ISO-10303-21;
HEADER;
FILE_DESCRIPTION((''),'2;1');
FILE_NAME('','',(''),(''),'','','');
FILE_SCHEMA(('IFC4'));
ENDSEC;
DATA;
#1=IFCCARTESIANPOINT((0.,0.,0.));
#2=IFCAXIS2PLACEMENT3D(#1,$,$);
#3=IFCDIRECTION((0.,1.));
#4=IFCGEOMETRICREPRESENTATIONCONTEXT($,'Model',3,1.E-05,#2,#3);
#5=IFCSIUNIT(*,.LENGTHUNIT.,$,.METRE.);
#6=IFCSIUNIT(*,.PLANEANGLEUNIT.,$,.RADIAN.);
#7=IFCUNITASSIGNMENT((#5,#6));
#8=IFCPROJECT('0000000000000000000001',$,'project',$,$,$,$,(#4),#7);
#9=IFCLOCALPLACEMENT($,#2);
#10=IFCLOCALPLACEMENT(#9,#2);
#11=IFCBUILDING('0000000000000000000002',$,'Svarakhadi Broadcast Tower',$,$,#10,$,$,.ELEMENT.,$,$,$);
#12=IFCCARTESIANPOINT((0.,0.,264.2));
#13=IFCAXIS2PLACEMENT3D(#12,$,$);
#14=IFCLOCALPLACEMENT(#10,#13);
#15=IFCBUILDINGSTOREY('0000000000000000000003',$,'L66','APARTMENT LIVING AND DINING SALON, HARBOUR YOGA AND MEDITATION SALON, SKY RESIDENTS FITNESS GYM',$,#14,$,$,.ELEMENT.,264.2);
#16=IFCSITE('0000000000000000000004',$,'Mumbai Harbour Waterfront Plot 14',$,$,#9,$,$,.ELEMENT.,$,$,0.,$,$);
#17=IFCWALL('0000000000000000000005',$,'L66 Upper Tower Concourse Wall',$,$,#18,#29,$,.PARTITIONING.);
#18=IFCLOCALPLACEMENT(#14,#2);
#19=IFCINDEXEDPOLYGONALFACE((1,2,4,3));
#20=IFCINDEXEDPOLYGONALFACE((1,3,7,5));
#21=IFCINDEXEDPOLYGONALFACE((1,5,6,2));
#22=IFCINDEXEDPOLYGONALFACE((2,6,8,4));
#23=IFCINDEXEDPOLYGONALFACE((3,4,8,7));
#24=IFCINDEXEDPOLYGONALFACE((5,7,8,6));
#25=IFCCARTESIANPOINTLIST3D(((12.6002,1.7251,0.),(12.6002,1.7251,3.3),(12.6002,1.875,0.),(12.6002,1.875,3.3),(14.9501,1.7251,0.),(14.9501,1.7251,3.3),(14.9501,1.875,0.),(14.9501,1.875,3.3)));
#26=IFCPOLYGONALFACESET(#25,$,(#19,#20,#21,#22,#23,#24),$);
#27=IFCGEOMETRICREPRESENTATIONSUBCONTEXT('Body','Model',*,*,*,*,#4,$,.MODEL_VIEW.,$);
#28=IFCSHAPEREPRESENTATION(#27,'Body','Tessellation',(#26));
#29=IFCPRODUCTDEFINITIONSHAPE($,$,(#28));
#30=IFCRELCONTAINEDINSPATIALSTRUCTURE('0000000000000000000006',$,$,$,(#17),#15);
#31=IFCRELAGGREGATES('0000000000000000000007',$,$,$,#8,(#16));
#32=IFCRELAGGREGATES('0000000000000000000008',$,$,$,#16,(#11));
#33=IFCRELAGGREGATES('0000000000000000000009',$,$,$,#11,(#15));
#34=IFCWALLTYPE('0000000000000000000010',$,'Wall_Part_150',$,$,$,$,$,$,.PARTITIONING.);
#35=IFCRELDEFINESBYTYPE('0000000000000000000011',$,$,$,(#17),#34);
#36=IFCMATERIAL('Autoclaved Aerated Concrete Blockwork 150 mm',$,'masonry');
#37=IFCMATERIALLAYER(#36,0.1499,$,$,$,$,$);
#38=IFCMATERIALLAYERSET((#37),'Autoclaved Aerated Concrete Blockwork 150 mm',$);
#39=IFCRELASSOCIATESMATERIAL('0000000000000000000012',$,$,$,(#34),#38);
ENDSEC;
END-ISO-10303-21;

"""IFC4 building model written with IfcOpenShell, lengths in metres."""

from ifc_helpers import new_model, si_unit, direction, frame, frame_2d, origin, place, context, subcontext, project, spatial, rectangle, extrude, material, layer, layer_set, type_object, element, save


model = new_model("IFC4")

# Units and contexts
model_context = context("Model", 3, precision=1e-05, world=origin(), true_north=direction((0.0, 1.0)))
body_context = subcontext(model_context, "Body", "Model", "MODEL_VIEW")
ifc_project = project(units=[si_unit("LENGTHUNIT", "METRE"), si_unit("PLANEANGLEUNIT", "RADIAN")], contexts=[model_context])

# Site, building, storey
site_placement = place(None, origin())
site = spatial("IfcSite", under=ifc_project, at=site_placement, Name="Mumbai Harbour Waterfront Plot 14", CompositionType="ELEMENT", RefElevation=0.0)
building_placement = place(site_placement, origin())
building = spatial("IfcBuilding", under=site, at=building_placement, Name="Svarakhadi Broadcast Tower", CompositionType="ELEMENT")
storey_placement = place(building_placement, frame((0.0, 0.0, 264.2)))
storey = spatial("IfcBuildingStorey", under=building, at=storey_placement, Name="L66", Description="APARTMENT LIVING AND DINING SALON, HARBOUR YOGA AND MEDITATION SALON, SKY RESIDENTS FITNESS GYM", CompositionType="ELEMENT", Elevation=264.2)

# Shared definitions
ifc_material_1 = material(Name="Autoclaved Aerated Concrete Blockwork 150 mm", Category="masonry")
ifc_layer_1 = layer(ifc_material_1, 0.1499)
ifc_layer_set_1 = layer_set([ifc_layer_1], Name="Autoclaved Aerated Concrete Blockwork 150 mm")
wall_type_1 = type_object("IfcWallType", Name="Wall_Part_150", PredefinedType="PARTITIONING", material=ifc_layer_set_1)

# Wall
wall_1_placement = place(storey_placement, frame((14.95, 1.8, 0.0), z_axis=(0.0, 0.0, 1.0), x_axis=(-1.0, 0.0, 0.0)))
element("IfcWall", 1, at=wall_1_placement, inside=storey, type_object=wall_type_1, Name="L66 Upper Tower Concourse Wall", PredefinedType="PARTITIONING", context=body_context, shape_type="SweptSolid", body=[
    extrude(rectangle(XDim=2.3499, YDim=0.1499, at=frame_2d((1.1748, 0.0))), origin(), (0.0, 0.0, 1.0), 3.3),
])

save(model, "model.ifc")
